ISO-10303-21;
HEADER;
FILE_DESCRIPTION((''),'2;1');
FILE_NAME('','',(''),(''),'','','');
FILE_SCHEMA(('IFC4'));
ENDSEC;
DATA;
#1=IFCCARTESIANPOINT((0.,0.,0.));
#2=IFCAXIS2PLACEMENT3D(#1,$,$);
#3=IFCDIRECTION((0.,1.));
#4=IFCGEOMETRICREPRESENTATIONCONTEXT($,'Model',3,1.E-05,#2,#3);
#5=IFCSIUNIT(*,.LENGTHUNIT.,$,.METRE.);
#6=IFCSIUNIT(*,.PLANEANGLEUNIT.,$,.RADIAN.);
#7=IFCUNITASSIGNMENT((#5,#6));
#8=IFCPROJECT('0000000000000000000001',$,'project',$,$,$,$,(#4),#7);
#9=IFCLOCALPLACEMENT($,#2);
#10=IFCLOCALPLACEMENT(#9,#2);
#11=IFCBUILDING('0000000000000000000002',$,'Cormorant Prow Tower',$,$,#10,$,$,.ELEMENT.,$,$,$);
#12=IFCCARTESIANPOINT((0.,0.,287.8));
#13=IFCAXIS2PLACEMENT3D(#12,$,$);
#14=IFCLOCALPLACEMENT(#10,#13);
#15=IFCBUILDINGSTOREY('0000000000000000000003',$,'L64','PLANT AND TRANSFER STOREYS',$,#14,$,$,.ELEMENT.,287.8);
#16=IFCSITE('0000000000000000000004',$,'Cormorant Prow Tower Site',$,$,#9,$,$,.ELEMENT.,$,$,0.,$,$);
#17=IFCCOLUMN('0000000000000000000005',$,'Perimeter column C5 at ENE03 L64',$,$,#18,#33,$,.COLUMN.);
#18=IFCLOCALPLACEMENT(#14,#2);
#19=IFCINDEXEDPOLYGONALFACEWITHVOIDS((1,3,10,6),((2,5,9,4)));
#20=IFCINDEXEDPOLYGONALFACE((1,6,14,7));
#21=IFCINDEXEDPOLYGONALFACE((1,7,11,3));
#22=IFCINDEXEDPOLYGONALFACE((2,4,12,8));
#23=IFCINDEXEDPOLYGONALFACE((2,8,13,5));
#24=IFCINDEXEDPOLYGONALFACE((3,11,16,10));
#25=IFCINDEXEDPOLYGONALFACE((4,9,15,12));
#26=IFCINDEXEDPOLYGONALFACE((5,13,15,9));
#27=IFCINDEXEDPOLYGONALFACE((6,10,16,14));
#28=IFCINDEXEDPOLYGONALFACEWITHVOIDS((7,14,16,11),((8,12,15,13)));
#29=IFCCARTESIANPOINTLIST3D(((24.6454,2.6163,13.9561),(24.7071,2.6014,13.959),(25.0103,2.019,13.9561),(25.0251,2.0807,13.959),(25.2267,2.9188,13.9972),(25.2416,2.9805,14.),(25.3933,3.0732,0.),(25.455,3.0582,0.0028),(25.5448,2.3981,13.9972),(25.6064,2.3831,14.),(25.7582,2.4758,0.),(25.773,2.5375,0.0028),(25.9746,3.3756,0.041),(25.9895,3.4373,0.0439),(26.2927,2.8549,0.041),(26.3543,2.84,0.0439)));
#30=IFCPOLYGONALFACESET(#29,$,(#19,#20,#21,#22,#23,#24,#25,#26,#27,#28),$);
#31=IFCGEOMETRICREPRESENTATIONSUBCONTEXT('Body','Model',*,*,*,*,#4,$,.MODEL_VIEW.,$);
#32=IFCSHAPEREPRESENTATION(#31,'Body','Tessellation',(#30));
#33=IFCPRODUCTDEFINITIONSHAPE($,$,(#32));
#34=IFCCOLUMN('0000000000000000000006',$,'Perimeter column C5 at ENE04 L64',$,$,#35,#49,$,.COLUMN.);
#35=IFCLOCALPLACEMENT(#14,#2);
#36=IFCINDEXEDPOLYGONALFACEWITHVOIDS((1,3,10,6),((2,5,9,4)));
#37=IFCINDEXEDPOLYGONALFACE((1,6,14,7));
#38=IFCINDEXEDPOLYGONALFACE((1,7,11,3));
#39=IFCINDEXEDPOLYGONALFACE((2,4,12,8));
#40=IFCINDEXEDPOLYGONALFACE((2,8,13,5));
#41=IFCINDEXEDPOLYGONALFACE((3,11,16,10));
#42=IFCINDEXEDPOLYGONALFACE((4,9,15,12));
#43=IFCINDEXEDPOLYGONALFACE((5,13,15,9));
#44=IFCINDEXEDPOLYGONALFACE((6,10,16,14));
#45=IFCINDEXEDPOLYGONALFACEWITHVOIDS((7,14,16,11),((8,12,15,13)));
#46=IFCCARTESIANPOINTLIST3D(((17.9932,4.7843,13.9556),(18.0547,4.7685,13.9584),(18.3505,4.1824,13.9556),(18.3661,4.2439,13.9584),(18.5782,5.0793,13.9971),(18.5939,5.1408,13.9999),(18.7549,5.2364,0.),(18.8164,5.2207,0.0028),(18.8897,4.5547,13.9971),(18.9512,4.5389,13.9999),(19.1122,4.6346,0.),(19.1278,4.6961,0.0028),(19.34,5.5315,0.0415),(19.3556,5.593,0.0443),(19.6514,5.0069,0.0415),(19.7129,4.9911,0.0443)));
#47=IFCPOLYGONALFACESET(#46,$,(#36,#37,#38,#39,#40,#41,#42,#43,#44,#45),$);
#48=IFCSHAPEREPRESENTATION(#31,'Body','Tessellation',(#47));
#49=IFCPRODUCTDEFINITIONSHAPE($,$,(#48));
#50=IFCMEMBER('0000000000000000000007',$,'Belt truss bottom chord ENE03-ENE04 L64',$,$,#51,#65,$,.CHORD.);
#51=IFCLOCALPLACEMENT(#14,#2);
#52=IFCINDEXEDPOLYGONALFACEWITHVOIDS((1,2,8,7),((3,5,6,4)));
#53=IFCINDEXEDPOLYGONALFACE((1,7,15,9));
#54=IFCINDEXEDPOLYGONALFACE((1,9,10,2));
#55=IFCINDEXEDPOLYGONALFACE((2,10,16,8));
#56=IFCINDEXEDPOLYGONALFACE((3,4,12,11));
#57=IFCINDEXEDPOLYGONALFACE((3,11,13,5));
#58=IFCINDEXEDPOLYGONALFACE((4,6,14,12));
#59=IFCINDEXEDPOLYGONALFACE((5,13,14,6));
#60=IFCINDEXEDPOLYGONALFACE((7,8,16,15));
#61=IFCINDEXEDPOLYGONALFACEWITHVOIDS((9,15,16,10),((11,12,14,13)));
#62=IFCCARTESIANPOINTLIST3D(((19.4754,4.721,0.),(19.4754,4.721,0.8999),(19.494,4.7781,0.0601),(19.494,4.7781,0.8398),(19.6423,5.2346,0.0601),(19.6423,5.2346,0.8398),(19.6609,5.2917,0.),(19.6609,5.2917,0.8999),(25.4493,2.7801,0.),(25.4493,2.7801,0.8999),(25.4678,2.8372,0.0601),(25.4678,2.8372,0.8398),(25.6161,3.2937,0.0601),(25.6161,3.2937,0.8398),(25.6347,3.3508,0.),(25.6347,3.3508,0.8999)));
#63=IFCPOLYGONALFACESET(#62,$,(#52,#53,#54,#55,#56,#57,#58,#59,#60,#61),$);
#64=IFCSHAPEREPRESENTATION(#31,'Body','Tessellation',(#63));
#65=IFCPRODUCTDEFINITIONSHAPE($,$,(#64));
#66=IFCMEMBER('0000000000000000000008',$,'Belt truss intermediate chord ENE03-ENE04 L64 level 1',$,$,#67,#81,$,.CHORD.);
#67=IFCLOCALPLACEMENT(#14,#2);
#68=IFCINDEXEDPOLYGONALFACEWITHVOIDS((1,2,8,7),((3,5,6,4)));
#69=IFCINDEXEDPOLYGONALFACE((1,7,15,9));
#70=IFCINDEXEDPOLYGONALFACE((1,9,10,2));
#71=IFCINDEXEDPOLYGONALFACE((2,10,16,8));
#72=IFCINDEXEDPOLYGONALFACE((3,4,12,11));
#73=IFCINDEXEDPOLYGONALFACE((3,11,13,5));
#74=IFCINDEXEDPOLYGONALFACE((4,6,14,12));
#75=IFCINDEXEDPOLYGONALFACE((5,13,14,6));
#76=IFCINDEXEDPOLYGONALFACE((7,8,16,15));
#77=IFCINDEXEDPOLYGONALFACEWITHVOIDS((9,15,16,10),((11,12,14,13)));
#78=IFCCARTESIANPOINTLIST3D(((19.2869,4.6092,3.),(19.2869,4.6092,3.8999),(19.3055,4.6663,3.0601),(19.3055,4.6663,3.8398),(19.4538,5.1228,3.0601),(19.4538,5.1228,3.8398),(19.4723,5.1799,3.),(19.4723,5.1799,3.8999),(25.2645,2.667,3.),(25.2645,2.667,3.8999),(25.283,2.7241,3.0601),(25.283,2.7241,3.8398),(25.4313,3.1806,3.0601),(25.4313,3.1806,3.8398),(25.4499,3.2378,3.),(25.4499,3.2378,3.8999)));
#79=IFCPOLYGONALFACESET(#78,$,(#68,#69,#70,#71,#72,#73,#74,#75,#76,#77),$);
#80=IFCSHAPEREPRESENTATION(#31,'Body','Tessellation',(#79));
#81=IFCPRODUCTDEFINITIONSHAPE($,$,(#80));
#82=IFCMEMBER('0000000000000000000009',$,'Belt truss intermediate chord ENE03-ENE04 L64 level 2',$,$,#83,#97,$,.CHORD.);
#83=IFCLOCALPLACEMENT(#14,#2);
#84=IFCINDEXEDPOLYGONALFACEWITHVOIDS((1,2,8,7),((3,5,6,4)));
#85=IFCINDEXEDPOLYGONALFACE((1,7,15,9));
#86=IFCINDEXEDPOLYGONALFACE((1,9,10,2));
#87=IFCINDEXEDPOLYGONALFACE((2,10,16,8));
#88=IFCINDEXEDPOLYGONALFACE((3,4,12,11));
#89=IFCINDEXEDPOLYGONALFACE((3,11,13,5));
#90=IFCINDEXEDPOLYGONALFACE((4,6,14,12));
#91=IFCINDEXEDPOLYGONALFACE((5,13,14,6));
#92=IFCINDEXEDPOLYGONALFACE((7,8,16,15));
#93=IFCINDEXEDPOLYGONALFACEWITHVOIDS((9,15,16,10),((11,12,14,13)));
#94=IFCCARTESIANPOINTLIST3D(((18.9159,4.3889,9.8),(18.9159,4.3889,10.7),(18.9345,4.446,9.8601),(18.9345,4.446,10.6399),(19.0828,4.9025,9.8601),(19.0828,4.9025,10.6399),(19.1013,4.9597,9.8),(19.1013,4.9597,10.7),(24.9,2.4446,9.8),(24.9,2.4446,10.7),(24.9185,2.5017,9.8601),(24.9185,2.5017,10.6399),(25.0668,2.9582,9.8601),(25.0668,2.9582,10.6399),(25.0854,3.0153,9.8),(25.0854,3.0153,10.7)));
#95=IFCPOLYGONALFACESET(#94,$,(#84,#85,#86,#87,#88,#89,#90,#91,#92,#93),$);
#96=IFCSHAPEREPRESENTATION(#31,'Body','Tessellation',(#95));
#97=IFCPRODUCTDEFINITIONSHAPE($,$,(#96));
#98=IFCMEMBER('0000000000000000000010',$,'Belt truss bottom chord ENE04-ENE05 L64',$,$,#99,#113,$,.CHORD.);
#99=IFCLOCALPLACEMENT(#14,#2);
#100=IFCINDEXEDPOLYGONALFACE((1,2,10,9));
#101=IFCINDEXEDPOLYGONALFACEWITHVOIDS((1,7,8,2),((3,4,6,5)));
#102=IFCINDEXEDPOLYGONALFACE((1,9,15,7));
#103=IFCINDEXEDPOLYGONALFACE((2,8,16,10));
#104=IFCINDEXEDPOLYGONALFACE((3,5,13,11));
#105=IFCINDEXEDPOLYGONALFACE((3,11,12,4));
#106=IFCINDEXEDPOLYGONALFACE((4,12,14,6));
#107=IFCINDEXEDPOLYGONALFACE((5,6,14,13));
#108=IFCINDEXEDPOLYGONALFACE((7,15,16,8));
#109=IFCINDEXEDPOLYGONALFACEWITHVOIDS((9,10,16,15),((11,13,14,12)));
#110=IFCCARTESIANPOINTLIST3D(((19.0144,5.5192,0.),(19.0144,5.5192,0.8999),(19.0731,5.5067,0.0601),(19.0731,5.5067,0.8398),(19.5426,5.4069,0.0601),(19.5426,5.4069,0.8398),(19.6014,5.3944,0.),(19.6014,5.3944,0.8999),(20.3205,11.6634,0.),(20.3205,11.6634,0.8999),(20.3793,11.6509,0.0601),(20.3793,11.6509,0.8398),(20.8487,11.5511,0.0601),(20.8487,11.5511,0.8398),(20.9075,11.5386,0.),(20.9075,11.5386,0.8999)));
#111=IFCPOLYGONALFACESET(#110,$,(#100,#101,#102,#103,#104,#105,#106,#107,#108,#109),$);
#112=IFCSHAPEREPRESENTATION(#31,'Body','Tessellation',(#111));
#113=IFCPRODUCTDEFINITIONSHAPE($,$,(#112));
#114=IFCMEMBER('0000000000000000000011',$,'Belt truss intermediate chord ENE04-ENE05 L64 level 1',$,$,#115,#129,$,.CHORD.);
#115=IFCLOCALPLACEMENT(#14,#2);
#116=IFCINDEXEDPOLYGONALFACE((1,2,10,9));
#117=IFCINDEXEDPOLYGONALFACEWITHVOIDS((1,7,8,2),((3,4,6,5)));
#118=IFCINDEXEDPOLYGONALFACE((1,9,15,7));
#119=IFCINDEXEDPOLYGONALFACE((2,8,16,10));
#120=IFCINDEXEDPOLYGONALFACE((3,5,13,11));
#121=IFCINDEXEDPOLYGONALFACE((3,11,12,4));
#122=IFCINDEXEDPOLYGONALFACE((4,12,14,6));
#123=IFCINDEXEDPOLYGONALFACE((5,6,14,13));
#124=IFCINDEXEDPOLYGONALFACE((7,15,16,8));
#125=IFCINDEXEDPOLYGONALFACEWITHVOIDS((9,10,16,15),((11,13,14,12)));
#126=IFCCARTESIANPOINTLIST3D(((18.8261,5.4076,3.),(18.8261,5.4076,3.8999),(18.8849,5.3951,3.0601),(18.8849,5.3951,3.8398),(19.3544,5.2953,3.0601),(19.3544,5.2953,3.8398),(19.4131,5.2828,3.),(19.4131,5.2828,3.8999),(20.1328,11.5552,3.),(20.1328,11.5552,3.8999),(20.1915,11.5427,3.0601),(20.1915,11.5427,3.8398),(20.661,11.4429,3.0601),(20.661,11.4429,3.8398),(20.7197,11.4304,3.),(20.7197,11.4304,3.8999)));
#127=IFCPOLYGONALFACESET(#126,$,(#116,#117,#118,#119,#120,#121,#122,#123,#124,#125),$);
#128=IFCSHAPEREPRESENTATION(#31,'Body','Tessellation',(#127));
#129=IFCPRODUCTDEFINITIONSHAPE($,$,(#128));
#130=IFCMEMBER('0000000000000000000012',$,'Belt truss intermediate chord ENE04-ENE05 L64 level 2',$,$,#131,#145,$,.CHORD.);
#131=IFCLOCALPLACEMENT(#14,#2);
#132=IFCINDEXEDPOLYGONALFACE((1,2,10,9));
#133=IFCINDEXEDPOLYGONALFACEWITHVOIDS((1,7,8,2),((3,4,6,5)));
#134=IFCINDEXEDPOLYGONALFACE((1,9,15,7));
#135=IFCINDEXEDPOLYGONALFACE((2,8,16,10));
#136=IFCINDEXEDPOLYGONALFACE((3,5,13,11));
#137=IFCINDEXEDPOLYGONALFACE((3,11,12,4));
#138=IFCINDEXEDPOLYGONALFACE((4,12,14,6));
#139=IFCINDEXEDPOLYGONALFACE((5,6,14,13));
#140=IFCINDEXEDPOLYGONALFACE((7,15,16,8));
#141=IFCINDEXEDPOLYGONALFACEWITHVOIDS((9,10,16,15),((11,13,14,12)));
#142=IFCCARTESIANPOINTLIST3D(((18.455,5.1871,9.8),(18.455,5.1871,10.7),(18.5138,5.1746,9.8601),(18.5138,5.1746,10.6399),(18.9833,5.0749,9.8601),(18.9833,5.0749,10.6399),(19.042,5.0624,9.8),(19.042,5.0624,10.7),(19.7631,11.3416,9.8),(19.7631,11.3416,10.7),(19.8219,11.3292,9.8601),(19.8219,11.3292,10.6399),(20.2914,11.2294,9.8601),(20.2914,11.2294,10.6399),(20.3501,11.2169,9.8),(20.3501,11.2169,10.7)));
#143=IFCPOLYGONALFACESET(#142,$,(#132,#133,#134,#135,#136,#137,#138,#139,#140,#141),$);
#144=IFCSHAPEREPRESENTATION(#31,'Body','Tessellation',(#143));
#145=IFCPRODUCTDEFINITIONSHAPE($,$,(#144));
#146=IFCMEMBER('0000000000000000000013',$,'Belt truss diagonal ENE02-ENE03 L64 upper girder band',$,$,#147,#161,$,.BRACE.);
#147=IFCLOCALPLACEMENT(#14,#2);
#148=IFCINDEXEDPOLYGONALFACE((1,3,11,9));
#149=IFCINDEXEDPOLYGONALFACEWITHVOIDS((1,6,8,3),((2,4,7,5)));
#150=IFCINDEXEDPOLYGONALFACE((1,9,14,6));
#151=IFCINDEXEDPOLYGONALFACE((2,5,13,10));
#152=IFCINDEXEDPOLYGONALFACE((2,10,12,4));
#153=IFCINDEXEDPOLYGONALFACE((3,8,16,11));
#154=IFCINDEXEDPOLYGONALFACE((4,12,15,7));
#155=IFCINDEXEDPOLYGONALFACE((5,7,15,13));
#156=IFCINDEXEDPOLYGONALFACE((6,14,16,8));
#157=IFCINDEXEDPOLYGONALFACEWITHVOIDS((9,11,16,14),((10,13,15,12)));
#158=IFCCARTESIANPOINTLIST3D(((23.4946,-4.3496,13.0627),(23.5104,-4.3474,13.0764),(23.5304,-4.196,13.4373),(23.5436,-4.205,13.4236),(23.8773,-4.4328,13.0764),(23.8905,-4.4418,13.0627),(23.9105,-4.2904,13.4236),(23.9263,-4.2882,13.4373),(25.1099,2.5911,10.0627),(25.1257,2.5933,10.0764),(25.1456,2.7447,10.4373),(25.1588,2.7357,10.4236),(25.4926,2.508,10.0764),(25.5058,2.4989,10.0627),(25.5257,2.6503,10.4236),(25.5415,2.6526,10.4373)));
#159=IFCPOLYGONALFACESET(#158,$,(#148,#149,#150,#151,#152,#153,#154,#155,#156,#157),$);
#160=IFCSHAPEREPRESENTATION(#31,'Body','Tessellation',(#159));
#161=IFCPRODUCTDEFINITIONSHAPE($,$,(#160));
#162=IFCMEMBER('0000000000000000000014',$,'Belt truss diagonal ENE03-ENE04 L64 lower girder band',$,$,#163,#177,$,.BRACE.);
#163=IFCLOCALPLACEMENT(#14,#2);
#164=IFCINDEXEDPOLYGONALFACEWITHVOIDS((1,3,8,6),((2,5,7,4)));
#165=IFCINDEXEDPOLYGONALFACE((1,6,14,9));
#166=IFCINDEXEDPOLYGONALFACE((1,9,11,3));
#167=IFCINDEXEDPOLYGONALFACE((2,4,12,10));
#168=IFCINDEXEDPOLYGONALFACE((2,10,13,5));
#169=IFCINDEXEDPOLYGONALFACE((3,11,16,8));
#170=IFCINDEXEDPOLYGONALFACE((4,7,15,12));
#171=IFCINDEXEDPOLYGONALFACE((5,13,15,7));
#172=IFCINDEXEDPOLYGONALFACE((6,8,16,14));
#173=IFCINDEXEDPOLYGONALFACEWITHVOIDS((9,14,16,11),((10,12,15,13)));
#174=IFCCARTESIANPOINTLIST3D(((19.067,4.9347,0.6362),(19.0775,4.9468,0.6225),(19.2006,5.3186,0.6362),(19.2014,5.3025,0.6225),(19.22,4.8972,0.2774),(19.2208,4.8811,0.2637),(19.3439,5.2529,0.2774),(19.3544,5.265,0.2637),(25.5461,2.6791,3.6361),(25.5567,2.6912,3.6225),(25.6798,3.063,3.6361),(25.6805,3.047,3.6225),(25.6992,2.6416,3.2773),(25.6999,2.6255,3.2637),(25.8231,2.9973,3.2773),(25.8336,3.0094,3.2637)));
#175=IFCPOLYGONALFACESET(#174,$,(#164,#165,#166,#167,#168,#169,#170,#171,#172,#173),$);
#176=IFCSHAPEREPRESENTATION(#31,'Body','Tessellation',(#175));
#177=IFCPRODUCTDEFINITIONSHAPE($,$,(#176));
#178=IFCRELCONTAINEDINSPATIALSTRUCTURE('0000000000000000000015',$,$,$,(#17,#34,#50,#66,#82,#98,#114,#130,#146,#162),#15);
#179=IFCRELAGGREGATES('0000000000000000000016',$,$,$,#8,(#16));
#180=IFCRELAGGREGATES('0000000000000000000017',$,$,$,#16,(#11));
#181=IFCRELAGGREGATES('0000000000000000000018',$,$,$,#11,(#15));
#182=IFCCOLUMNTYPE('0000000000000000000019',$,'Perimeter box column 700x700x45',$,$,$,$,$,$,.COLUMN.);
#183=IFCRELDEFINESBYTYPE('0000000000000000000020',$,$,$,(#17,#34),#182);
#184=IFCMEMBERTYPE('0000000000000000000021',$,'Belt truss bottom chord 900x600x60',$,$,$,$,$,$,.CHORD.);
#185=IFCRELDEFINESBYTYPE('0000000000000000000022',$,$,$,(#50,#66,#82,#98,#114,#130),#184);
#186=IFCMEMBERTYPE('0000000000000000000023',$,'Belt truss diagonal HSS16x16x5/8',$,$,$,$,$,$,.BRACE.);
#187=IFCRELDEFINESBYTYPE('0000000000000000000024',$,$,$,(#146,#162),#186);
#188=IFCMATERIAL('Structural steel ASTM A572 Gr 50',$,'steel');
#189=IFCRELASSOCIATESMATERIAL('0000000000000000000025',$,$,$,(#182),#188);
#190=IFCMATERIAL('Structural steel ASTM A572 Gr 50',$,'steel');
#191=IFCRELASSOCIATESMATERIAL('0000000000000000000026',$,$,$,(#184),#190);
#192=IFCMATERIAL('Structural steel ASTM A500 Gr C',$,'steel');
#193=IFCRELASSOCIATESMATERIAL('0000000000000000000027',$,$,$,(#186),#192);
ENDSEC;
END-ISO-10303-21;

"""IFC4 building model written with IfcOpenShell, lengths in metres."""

from ifc_helpers import new_model, si_unit, direction, frame, origin, origin_2d, place, context, subcontext, project, spatial, hollow_rectangle, extrude, material, material_profile, profile_set, type_object, element, save


model = new_model("IFC4")

# Units and contexts
model_context = context("Model", 3, precision=1e-05, world=origin(), true_north=direction((0.0, 1.0)))
body_context = subcontext(model_context, "Body", "Model", "MODEL_VIEW")
ifc_project = project(units=[si_unit("LENGTHUNIT", "METRE"), si_unit("PLANEANGLEUNIT", "RADIAN")], contexts=[model_context])

# Site, building, storey
site_placement = place(None, origin())
site = spatial("IfcSite", under=ifc_project, at=site_placement, Name="Cormorant Prow Tower Site", CompositionType="ELEMENT", RefElevation=0.0)
building_placement = place(site_placement, origin())
building = spatial("IfcBuilding", under=site, at=building_placement, Name="Cormorant Prow Tower", CompositionType="ELEMENT")
storey_placement = place(building_placement, frame((0.0, 0.0, 287.8)))
storey = spatial("IfcBuildingStorey", under=building, at=storey_placement, Name="L64", Description="PLANT AND TRANSFER STOREYS", CompositionType="ELEMENT", Elevation=287.8)

# Columns
ifc_material_1 = material(Name="Structural steel ASTM A572 Gr 50", Category="steel")
ifc_material_profile_1 = material_profile(ifc_material_1, hollow_rectangle(XDim=0.7, YDim=0.7, WallThickness=0.0449, at=origin_2d()), Name="Box 700x700x45")
ifc_profile_set_1 = profile_set([ifc_material_profile_1], Name="Structural steel ASTM A572 Gr 50")
column_type = type_object("IfcColumnType", Name="Perimeter box column 700x700x45", PredefinedType="COLUMN", material=ifc_profile_set_1)
column_1_placement = place(storey_placement, frame((25.875, 2.9573, 0.0), z_axis=(-0.053484, -0.032668, 0.998034), x_axis=(0.521259, -0.853399, 0.0)))
element("IfcColumn", 1, at=column_1_placement, inside=storey, type_object=column_type, Name="Perimeter column C5 at ENE03 L64", PredefinedType="COLUMN", context=body_context, shape_type="SweptSolid", body=[
    extrude(hollow_rectangle(XDim=0.7, YDim=0.7, WallThickness=0.0449, at=origin_2d()), frame((0.0, 0.0, 0.022)), (0.0, 0.0, 1.0), 13.9836),
])
column_2_placement = place(storey_placement, frame((19.2351, 5.1145, 0.0), z_axis=(-0.054473, -0.032336, 0.997992), x_axis=(0.51045, -0.859908, 0.0)))
element("IfcColumn", 2, at=column_2_placement, inside=storey, type_object=column_type, Name="Perimeter column C5 at ENE04 L64", PredefinedType="COLUMN", context=body_context, shape_type="SweptSolid", body=[
    extrude(hollow_rectangle(XDim=0.7, YDim=0.7, WallThickness=0.0449, at=origin_2d()), frame((0.0, 0.0, 0.0222)), (0.0, 0.0, 1.0), 13.9836),
])

# Members
ifc_material_2 = material(Name="Structural steel ASTM A572 Gr 50", Category="steel")
ifc_material_profile_2 = material_profile(ifc_material_2, hollow_rectangle(XDim=0.6001, YDim=0.8999, WallThickness=0.0601, at=origin_2d()), Name="Box 900x600x60")
ifc_profile_set_2 = profile_set([ifc_material_profile_2], Name="Structural steel ASTM A572 Gr 50")
member_type_1 = type_object("IfcMemberType", Name="Belt truss bottom chord 900x600x60", PredefinedType="CHORD", material=ifc_profile_set_2)
member_1_placement = place(storey_placement, frame((25.542, 3.0654, 0.45), z_axis=(-0.951062, 0.309001, 0.0), x_axis=(-0.309001, -0.951062, 0.0)))
element("IfcMember", 3, at=member_1_placement, inside=storey, type_object=member_type_1, Name="Belt truss bottom chord ENE03-ENE04 L64", PredefinedType="CHORD", context=body_context, shape_type="SweptSolid", body=[
    extrude(hollow_rectangle(XDim=0.6001, YDim=0.8999, WallThickness=0.0601, at=origin_2d()), origin(), (0.0, 0.0, 1.0), 6.2812),
])
member_2_placement = place(storey_placement, frame((25.3572, 2.9524, 3.45), z_axis=(-0.95106, 0.309005, 0.0), x_axis=(-0.309005, -0.95106, 0.0)))
element("IfcMember", 4, at=member_2_placement, inside=storey, type_object=member_type_1, Name="Belt truss intermediate chord ENE03-ENE04 L64 level 1", PredefinedType="CHORD", context=body_context, shape_type="SweptSolid", body=[
    extrude(hollow_rectangle(XDim=0.6001, YDim=0.8999, WallThickness=0.0601, at=origin_2d()), origin(), (0.0, 0.0, 1.0), 6.2852),
])
member_3_placement = place(storey_placement, frame((24.9927, 2.73, 10.25), z_axis=(-0.951058, 0.309013, 0.0), x_axis=(-0.309013, -0.951058, 0.0)))
element("IfcMember", 5, at=member_3_placement, inside=storey, type_object=member_type_1, Name="Belt truss intermediate chord ENE03-ENE04 L64 level 2", PredefinedType="CHORD", context=body_context, shape_type="SweptSolid", body=[
    extrude(hollow_rectangle(XDim=0.6001, YDim=0.8999, WallThickness=0.0601, at=origin_2d()), origin(), (0.0, 0.0, 1.0), 6.292),
])
member_4_placement = place(storey_placement, frame((19.3079, 5.4568, 0.45), z_axis=(0.207934, 0.978143, 0.0), x_axis=(-0.978143, 0.207934, 0.0)))
element("IfcMember", 6, at=member_4_placement, inside=storey, type_object=member_type_1, Name="Belt truss bottom chord ENE04-ENE05 L64", PredefinedType="CHORD", context=body_context, shape_type="SweptSolid", body=[
    extrude(hollow_rectangle(XDim=0.6001, YDim=0.8999, WallThickness=0.0601, at=origin_2d()), origin(), (0.0, 0.0, 1.0), 6.2815),
])
member_5_placement = place(storey_placement, frame((19.1196, 5.3452, 3.45), z_axis=(0.207897, 0.978151, 0.0), x_axis=(-0.978151, 0.207897, 0.0)))
element("IfcMember", 7, at=member_5_placement, inside=storey, type_object=member_type_1, Name="Belt truss intermediate chord ENE04-ENE05 L64 level 1", PredefinedType="CHORD", context=body_context, shape_type="SweptSolid", body=[
    extrude(hollow_rectangle(XDim=0.6001, YDim=0.8999, WallThickness=0.0601, at=origin_2d()), origin(), (0.0, 0.0, 1.0), 6.2849),
])
member_6_placement = place(storey_placement, frame((18.7485, 5.1248, 10.25), z_axis=(0.207899, 0.97815, 0.0), x_axis=(-0.97815, 0.207899, 0.0)))
element("IfcMember", 8, at=member_6_placement, inside=storey, type_object=member_type_1, Name="Belt truss intermediate chord ENE04-ENE05 L64 level 2", PredefinedType="CHORD", context=body_context, shape_type="SweptSolid", body=[
    extrude(hollow_rectangle(XDim=0.6001, YDim=0.8999, WallThickness=0.0601, at=origin_2d()), origin(), (0.0, 0.0, 1.0), 6.292),
])
ifc_material_3 = material(Name="Structural steel ASTM A500 Gr C", Category="steel")
ifc_material_profile_3 = material_profile(ifc_material_3, hollow_rectangle(XDim=0.4065, YDim=0.4065, WallThickness=0.0149, at=origin_2d()), Name="HSS16x16x5/8")
ifc_profile_set_3 = profile_set([ifc_material_profile_3], Name="Structural steel ASTM A500 Gr C")
member_type_2 = type_object("IfcMemberType", Name="Belt truss diagonal HSS16x16x5/8", PredefinedType="BRACE", material=ifc_profile_set_3)
member_7_placement = place(storey_placement, frame((25.3257, 2.6218, 10.25), z_axis=(-0.208906, -0.89767, 0.388004), x_axis=(0.973973, -0.226663, 0.0)))
element("IfcMember", 9, at=member_7_placement, inside=storey, type_object=member_type_2, Name="Belt truss diagonal ENE02-ENE03 L64 upper girder band", PredefinedType="BRACE", context=body_context, shape_type="SweptSolid", body=[
    extrude(hollow_rectangle(XDim=0.4065, YDim=0.4065, WallThickness=0.0149, at=origin_2d()), origin(), (0.0, 0.0, 1.0), 7.7319),
])
member_8_placement = place(storey_placement, frame((19.2107, 5.0999, 0.45), z_axis=(0.865297, -0.301235, 0.400647), x_axis=(0.328776, 0.944408, 0.0)))
element("IfcMember", 10, at=member_8_placement, inside=storey, type_object=member_type_2, Name="Belt truss diagonal ENE03-ENE04 L64 lower girder band", PredefinedType="BRACE", context=body_context, shape_type="SweptSolid", body=[
    extrude(hollow_rectangle(XDim=0.4065, YDim=0.4065, WallThickness=0.0149, at=origin_2d()), origin(), (0.0, 0.0, 1.0), 7.4878),
])

save(model, "model.ifc")
